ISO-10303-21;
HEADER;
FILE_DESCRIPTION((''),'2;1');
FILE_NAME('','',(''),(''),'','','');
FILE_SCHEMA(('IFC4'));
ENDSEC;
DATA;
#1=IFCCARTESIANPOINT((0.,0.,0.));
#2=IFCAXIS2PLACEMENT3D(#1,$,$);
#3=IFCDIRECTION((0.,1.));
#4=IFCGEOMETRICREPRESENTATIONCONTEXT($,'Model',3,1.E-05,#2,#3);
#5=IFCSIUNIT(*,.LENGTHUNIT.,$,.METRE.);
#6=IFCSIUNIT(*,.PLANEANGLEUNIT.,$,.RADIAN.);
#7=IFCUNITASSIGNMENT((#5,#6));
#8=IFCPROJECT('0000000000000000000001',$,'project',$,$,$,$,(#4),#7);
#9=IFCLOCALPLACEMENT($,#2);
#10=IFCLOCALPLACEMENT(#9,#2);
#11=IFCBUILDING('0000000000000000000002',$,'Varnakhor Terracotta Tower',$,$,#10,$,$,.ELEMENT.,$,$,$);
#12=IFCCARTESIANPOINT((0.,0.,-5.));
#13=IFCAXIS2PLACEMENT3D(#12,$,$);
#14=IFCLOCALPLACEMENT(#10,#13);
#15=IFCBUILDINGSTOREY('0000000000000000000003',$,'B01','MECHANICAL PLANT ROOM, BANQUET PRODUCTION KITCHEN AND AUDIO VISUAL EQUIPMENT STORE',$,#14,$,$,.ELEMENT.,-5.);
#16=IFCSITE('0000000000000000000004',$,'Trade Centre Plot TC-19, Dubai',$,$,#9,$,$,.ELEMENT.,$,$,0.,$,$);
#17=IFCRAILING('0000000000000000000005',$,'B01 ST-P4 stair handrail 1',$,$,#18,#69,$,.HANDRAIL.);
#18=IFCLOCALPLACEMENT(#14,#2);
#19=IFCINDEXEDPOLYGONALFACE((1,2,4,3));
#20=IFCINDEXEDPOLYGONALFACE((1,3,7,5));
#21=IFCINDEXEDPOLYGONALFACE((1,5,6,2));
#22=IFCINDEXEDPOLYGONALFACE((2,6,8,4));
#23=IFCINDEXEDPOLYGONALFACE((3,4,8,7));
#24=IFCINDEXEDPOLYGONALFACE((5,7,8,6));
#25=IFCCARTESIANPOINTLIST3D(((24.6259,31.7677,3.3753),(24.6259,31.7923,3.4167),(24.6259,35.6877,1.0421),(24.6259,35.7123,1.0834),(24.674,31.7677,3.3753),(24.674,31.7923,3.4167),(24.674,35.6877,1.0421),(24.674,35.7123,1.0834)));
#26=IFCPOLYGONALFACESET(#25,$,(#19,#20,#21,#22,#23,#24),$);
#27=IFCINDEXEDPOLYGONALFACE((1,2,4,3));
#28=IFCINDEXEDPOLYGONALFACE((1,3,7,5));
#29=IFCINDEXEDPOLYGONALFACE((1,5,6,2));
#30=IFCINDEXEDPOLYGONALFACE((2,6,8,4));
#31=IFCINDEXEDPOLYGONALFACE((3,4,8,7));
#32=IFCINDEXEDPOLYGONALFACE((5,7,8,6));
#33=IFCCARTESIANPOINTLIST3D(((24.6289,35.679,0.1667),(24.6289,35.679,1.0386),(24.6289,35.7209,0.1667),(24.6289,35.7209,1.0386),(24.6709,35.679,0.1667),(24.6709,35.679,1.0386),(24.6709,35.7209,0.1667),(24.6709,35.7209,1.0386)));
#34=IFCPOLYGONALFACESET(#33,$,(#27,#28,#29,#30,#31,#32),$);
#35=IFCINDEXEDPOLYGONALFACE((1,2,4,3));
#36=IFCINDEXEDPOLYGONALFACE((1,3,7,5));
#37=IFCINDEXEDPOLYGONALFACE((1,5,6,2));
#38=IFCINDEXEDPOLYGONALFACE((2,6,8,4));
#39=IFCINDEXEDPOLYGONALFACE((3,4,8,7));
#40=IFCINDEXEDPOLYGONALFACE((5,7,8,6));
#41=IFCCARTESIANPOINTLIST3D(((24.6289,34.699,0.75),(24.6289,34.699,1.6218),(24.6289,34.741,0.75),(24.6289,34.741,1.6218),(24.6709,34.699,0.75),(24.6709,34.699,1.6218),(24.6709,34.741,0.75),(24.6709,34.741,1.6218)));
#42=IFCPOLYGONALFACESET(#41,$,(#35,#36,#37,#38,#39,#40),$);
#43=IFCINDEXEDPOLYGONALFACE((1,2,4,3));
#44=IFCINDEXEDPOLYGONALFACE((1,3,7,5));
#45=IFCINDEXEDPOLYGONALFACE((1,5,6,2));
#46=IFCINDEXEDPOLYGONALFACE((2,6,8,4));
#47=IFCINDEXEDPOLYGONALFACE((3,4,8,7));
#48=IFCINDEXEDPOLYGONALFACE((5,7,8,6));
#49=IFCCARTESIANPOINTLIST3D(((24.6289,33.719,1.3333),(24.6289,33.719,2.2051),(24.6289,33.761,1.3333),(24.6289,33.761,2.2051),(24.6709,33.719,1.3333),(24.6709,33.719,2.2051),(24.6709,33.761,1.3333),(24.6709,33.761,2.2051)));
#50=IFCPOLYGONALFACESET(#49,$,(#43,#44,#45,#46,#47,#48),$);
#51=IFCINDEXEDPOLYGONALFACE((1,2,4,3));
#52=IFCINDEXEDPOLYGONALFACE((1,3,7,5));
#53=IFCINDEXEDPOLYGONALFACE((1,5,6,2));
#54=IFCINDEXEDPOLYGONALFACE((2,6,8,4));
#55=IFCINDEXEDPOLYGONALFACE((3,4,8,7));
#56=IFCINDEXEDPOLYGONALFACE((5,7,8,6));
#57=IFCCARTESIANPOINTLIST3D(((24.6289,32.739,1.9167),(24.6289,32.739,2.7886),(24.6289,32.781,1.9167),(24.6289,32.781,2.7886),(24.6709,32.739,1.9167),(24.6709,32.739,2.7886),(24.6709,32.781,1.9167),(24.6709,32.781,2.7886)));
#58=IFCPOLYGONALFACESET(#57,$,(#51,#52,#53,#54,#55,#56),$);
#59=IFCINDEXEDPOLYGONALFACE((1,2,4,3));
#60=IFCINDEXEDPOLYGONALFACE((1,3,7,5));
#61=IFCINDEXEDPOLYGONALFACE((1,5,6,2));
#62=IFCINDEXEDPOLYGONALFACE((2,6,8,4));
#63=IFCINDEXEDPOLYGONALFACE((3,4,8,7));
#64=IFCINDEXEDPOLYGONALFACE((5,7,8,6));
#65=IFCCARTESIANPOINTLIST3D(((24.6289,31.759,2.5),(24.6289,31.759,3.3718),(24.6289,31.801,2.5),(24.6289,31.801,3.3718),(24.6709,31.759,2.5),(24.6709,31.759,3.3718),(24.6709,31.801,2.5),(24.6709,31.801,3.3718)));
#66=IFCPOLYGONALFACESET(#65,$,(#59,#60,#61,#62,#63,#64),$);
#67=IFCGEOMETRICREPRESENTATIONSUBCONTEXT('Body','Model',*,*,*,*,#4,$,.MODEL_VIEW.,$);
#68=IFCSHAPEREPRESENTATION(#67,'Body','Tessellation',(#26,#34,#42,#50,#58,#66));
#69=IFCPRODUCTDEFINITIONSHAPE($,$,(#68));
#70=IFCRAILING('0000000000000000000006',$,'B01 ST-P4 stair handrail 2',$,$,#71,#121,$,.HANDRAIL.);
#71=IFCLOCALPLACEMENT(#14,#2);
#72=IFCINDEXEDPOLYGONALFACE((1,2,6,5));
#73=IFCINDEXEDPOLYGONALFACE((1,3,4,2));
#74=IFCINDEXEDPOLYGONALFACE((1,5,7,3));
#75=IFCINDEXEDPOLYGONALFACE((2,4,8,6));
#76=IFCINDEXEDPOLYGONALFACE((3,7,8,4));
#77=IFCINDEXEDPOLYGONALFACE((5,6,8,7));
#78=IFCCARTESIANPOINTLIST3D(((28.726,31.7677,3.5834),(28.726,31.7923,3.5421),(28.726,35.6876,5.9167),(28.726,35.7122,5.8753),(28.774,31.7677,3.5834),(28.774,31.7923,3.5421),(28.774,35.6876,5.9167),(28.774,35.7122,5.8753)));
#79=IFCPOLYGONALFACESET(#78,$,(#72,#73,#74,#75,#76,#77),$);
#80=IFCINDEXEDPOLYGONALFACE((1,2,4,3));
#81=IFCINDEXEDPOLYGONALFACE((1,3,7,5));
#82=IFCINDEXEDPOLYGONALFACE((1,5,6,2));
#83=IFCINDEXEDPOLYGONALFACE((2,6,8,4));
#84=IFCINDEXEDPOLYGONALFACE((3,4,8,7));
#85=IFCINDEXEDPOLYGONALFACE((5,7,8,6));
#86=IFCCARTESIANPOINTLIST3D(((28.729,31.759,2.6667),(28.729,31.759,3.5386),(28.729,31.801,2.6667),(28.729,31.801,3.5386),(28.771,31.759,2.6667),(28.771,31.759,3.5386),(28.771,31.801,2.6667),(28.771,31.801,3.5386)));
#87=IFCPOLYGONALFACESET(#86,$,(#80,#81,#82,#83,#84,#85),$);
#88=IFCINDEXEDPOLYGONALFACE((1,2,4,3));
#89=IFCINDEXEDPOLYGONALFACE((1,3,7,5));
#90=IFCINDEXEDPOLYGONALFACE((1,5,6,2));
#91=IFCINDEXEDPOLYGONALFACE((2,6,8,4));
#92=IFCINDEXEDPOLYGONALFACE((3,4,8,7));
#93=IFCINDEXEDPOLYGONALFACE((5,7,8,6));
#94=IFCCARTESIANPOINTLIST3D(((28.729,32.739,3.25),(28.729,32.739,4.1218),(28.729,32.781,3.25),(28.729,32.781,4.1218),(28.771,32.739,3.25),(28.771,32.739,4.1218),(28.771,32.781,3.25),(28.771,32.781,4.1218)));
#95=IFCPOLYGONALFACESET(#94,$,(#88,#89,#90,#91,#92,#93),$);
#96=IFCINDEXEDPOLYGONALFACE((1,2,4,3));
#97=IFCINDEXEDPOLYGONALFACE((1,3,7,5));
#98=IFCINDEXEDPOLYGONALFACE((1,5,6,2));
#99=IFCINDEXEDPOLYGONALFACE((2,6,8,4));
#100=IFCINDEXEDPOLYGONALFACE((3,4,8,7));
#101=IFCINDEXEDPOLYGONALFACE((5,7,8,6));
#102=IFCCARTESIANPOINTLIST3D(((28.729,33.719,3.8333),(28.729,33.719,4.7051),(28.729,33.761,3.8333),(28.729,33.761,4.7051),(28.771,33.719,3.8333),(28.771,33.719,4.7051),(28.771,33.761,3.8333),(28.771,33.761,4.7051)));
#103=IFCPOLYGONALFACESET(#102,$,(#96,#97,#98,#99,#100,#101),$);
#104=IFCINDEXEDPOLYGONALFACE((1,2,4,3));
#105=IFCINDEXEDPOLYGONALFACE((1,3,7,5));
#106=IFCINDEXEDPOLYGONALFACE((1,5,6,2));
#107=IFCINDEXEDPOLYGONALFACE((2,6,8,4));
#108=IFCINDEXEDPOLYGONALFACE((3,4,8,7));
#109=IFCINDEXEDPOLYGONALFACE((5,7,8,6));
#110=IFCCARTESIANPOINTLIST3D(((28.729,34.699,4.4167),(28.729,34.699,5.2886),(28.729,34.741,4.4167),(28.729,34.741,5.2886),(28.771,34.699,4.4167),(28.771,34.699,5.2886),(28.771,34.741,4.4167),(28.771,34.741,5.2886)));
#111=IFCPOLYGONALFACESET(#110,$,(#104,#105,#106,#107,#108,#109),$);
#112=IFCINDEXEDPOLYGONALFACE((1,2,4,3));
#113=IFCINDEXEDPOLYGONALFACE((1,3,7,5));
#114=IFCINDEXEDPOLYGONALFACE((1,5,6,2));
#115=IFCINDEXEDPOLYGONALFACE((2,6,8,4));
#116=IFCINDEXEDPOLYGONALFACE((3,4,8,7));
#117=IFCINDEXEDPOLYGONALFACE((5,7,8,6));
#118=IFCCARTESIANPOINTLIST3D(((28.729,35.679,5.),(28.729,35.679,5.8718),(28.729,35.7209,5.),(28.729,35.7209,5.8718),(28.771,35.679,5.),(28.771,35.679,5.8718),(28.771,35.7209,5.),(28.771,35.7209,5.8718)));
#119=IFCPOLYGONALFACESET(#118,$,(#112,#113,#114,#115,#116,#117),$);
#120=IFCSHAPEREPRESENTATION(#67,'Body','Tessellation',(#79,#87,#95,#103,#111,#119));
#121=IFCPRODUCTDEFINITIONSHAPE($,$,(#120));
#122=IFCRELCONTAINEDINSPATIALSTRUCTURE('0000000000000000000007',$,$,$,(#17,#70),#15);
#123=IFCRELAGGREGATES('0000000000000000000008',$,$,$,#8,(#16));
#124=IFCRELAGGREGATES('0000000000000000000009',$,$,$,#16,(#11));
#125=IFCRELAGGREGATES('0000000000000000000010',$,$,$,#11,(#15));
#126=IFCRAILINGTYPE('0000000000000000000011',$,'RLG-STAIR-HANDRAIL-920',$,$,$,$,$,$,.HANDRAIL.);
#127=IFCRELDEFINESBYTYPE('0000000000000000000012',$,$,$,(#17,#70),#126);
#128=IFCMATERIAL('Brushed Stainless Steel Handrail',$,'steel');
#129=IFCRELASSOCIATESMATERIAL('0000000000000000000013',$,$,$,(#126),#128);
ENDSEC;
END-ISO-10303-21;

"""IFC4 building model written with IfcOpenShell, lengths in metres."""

from ifc_helpers import new_model, si_unit, direction, frame, origin, origin_2d, place, context, subcontext, project, spatial, rectangle, extrude, material, type_object, element, save


model = new_model("IFC4")

# Units and contexts
model_context = context("Model", 3, precision=1e-05, world=origin(), true_north=direction((0.0, 1.0)))
body_context = subcontext(model_context, "Body", "Model", "MODEL_VIEW")
ifc_project = project(units=[si_unit("LENGTHUNIT", "METRE"), si_unit("PLANEANGLEUNIT", "RADIAN")], contexts=[model_context])

# Site, building, storey
site_placement = place(None, origin())
site = spatial("IfcSite", under=ifc_project, at=site_placement, Name="Trade Centre Plot TC-19, Dubai", CompositionType="ELEMENT", RefElevation=0.0)
building_placement = place(site_placement, origin())
building = spatial("IfcBuilding", under=site, at=building_placement, Name="Varnakhor Terracotta Tower", CompositionType="ELEMENT")
storey_placement = place(building_placement, frame((0.0, 0.0, -5.0)))
storey = spatial("IfcBuildingStorey", under=building, at=storey_placement, Name="B01", Description="MECHANICAL PLANT ROOM, BANQUET PRODUCTION KITCHEN AND AUDIO VISUAL EQUIPMENT STORE", CompositionType="ELEMENT", Elevation=-5.0)

# Railings
ifc_material_1 = material(Name="Brushed Stainless Steel Handrail", Category="steel")
railing_type_1 = type_object("IfcRailingType", Name="RLG-STAIR-HANDRAIL-920", PredefinedType="HANDRAIL", material=ifc_material_1)
railing_1_placement = place(storey_placement, frame((24.6499, 35.7, 0.1667)))
element("IfcRailing", 1, at=railing_1_placement, inside=storey, type_object=railing_type_1, Name="B01 ST-P4 stair handrail 1", PredefinedType="HANDRAIL", context=body_context, shape_type="SweptSolid", body=[
    extrude(rectangle(XDim=0.0481, YDim=0.0481, at=origin_2d()), frame((0.0, 0.0, 0.896), z_axis=(0.0, -0.859296, 0.511478), x_axis=(1.0, 0.0, 0.0)), (0.0, 0.0, 1.0), 4.5618),
    extrude(rectangle(XDim=0.042, YDim=0.042, at=origin_2d()), origin(), (0.0, 0.0, 1.0), 0.8718),
    extrude(rectangle(XDim=0.042, YDim=0.042, at=origin_2d()), frame((0.0, -0.98, 0.5833)), (0.0, 0.0, 1.0), 0.8718),
    extrude(rectangle(XDim=0.042, YDim=0.042, at=origin_2d()), frame((0.0, -1.96, 1.1665)), (0.0, 0.0, 1.0), 0.8718),
    extrude(rectangle(XDim=0.042, YDim=0.042, at=origin_2d()), frame((0.0, -2.9399, 1.75)), (0.0, 0.0, 1.0), 0.8718),
    extrude(rectangle(XDim=0.042, YDim=0.042, at=origin_2d()), frame((0.0, -3.9199, 2.3333)), (0.0, 0.0, 1.0), 0.8718),
])
railing_2_placement = place(storey_placement, frame((28.75, 31.78, 2.6667)))
element("IfcRailing", 2, at=railing_2_placement, inside=storey, type_object=railing_type_1, Name="B01 ST-P4 stair handrail 2", PredefinedType="HANDRAIL", context=body_context, shape_type="SweptSolid", body=[
    extrude(rectangle(XDim=0.0481, YDim=0.0481, at=origin_2d()), frame((0.0, 0.0, 0.896), z_axis=(0.0, 0.859296, 0.511478), x_axis=(-1.0, 0.0, 0.0)), (0.0, 0.0, 1.0), 4.5618),
    extrude(rectangle(XDim=0.042, YDim=0.042, at=origin_2d()), origin(), (0.0, 0.0, 1.0), 0.8718),
    extrude(rectangle(XDim=0.042, YDim=0.042, at=origin_2d()), frame((0.0, 0.98, 0.5833)), (0.0, 0.0, 1.0), 0.8718),
    extrude(rectangle(XDim=0.042, YDim=0.042, at=origin_2d()), frame((0.0, 1.96, 1.1665)), (0.0, 0.0, 1.0), 0.8718),
    extrude(rectangle(XDim=0.042, YDim=0.042, at=origin_2d()), frame((0.0, 2.9399, 1.75)), (0.0, 0.0, 1.0), 0.8718),
    extrude(rectangle(XDim=0.042, YDim=0.042, at=origin_2d()), frame((0.0, 3.9199, 2.3333)), (0.0, 0.0, 1.0), 0.8718),
])

save(model, "model.ifc")
